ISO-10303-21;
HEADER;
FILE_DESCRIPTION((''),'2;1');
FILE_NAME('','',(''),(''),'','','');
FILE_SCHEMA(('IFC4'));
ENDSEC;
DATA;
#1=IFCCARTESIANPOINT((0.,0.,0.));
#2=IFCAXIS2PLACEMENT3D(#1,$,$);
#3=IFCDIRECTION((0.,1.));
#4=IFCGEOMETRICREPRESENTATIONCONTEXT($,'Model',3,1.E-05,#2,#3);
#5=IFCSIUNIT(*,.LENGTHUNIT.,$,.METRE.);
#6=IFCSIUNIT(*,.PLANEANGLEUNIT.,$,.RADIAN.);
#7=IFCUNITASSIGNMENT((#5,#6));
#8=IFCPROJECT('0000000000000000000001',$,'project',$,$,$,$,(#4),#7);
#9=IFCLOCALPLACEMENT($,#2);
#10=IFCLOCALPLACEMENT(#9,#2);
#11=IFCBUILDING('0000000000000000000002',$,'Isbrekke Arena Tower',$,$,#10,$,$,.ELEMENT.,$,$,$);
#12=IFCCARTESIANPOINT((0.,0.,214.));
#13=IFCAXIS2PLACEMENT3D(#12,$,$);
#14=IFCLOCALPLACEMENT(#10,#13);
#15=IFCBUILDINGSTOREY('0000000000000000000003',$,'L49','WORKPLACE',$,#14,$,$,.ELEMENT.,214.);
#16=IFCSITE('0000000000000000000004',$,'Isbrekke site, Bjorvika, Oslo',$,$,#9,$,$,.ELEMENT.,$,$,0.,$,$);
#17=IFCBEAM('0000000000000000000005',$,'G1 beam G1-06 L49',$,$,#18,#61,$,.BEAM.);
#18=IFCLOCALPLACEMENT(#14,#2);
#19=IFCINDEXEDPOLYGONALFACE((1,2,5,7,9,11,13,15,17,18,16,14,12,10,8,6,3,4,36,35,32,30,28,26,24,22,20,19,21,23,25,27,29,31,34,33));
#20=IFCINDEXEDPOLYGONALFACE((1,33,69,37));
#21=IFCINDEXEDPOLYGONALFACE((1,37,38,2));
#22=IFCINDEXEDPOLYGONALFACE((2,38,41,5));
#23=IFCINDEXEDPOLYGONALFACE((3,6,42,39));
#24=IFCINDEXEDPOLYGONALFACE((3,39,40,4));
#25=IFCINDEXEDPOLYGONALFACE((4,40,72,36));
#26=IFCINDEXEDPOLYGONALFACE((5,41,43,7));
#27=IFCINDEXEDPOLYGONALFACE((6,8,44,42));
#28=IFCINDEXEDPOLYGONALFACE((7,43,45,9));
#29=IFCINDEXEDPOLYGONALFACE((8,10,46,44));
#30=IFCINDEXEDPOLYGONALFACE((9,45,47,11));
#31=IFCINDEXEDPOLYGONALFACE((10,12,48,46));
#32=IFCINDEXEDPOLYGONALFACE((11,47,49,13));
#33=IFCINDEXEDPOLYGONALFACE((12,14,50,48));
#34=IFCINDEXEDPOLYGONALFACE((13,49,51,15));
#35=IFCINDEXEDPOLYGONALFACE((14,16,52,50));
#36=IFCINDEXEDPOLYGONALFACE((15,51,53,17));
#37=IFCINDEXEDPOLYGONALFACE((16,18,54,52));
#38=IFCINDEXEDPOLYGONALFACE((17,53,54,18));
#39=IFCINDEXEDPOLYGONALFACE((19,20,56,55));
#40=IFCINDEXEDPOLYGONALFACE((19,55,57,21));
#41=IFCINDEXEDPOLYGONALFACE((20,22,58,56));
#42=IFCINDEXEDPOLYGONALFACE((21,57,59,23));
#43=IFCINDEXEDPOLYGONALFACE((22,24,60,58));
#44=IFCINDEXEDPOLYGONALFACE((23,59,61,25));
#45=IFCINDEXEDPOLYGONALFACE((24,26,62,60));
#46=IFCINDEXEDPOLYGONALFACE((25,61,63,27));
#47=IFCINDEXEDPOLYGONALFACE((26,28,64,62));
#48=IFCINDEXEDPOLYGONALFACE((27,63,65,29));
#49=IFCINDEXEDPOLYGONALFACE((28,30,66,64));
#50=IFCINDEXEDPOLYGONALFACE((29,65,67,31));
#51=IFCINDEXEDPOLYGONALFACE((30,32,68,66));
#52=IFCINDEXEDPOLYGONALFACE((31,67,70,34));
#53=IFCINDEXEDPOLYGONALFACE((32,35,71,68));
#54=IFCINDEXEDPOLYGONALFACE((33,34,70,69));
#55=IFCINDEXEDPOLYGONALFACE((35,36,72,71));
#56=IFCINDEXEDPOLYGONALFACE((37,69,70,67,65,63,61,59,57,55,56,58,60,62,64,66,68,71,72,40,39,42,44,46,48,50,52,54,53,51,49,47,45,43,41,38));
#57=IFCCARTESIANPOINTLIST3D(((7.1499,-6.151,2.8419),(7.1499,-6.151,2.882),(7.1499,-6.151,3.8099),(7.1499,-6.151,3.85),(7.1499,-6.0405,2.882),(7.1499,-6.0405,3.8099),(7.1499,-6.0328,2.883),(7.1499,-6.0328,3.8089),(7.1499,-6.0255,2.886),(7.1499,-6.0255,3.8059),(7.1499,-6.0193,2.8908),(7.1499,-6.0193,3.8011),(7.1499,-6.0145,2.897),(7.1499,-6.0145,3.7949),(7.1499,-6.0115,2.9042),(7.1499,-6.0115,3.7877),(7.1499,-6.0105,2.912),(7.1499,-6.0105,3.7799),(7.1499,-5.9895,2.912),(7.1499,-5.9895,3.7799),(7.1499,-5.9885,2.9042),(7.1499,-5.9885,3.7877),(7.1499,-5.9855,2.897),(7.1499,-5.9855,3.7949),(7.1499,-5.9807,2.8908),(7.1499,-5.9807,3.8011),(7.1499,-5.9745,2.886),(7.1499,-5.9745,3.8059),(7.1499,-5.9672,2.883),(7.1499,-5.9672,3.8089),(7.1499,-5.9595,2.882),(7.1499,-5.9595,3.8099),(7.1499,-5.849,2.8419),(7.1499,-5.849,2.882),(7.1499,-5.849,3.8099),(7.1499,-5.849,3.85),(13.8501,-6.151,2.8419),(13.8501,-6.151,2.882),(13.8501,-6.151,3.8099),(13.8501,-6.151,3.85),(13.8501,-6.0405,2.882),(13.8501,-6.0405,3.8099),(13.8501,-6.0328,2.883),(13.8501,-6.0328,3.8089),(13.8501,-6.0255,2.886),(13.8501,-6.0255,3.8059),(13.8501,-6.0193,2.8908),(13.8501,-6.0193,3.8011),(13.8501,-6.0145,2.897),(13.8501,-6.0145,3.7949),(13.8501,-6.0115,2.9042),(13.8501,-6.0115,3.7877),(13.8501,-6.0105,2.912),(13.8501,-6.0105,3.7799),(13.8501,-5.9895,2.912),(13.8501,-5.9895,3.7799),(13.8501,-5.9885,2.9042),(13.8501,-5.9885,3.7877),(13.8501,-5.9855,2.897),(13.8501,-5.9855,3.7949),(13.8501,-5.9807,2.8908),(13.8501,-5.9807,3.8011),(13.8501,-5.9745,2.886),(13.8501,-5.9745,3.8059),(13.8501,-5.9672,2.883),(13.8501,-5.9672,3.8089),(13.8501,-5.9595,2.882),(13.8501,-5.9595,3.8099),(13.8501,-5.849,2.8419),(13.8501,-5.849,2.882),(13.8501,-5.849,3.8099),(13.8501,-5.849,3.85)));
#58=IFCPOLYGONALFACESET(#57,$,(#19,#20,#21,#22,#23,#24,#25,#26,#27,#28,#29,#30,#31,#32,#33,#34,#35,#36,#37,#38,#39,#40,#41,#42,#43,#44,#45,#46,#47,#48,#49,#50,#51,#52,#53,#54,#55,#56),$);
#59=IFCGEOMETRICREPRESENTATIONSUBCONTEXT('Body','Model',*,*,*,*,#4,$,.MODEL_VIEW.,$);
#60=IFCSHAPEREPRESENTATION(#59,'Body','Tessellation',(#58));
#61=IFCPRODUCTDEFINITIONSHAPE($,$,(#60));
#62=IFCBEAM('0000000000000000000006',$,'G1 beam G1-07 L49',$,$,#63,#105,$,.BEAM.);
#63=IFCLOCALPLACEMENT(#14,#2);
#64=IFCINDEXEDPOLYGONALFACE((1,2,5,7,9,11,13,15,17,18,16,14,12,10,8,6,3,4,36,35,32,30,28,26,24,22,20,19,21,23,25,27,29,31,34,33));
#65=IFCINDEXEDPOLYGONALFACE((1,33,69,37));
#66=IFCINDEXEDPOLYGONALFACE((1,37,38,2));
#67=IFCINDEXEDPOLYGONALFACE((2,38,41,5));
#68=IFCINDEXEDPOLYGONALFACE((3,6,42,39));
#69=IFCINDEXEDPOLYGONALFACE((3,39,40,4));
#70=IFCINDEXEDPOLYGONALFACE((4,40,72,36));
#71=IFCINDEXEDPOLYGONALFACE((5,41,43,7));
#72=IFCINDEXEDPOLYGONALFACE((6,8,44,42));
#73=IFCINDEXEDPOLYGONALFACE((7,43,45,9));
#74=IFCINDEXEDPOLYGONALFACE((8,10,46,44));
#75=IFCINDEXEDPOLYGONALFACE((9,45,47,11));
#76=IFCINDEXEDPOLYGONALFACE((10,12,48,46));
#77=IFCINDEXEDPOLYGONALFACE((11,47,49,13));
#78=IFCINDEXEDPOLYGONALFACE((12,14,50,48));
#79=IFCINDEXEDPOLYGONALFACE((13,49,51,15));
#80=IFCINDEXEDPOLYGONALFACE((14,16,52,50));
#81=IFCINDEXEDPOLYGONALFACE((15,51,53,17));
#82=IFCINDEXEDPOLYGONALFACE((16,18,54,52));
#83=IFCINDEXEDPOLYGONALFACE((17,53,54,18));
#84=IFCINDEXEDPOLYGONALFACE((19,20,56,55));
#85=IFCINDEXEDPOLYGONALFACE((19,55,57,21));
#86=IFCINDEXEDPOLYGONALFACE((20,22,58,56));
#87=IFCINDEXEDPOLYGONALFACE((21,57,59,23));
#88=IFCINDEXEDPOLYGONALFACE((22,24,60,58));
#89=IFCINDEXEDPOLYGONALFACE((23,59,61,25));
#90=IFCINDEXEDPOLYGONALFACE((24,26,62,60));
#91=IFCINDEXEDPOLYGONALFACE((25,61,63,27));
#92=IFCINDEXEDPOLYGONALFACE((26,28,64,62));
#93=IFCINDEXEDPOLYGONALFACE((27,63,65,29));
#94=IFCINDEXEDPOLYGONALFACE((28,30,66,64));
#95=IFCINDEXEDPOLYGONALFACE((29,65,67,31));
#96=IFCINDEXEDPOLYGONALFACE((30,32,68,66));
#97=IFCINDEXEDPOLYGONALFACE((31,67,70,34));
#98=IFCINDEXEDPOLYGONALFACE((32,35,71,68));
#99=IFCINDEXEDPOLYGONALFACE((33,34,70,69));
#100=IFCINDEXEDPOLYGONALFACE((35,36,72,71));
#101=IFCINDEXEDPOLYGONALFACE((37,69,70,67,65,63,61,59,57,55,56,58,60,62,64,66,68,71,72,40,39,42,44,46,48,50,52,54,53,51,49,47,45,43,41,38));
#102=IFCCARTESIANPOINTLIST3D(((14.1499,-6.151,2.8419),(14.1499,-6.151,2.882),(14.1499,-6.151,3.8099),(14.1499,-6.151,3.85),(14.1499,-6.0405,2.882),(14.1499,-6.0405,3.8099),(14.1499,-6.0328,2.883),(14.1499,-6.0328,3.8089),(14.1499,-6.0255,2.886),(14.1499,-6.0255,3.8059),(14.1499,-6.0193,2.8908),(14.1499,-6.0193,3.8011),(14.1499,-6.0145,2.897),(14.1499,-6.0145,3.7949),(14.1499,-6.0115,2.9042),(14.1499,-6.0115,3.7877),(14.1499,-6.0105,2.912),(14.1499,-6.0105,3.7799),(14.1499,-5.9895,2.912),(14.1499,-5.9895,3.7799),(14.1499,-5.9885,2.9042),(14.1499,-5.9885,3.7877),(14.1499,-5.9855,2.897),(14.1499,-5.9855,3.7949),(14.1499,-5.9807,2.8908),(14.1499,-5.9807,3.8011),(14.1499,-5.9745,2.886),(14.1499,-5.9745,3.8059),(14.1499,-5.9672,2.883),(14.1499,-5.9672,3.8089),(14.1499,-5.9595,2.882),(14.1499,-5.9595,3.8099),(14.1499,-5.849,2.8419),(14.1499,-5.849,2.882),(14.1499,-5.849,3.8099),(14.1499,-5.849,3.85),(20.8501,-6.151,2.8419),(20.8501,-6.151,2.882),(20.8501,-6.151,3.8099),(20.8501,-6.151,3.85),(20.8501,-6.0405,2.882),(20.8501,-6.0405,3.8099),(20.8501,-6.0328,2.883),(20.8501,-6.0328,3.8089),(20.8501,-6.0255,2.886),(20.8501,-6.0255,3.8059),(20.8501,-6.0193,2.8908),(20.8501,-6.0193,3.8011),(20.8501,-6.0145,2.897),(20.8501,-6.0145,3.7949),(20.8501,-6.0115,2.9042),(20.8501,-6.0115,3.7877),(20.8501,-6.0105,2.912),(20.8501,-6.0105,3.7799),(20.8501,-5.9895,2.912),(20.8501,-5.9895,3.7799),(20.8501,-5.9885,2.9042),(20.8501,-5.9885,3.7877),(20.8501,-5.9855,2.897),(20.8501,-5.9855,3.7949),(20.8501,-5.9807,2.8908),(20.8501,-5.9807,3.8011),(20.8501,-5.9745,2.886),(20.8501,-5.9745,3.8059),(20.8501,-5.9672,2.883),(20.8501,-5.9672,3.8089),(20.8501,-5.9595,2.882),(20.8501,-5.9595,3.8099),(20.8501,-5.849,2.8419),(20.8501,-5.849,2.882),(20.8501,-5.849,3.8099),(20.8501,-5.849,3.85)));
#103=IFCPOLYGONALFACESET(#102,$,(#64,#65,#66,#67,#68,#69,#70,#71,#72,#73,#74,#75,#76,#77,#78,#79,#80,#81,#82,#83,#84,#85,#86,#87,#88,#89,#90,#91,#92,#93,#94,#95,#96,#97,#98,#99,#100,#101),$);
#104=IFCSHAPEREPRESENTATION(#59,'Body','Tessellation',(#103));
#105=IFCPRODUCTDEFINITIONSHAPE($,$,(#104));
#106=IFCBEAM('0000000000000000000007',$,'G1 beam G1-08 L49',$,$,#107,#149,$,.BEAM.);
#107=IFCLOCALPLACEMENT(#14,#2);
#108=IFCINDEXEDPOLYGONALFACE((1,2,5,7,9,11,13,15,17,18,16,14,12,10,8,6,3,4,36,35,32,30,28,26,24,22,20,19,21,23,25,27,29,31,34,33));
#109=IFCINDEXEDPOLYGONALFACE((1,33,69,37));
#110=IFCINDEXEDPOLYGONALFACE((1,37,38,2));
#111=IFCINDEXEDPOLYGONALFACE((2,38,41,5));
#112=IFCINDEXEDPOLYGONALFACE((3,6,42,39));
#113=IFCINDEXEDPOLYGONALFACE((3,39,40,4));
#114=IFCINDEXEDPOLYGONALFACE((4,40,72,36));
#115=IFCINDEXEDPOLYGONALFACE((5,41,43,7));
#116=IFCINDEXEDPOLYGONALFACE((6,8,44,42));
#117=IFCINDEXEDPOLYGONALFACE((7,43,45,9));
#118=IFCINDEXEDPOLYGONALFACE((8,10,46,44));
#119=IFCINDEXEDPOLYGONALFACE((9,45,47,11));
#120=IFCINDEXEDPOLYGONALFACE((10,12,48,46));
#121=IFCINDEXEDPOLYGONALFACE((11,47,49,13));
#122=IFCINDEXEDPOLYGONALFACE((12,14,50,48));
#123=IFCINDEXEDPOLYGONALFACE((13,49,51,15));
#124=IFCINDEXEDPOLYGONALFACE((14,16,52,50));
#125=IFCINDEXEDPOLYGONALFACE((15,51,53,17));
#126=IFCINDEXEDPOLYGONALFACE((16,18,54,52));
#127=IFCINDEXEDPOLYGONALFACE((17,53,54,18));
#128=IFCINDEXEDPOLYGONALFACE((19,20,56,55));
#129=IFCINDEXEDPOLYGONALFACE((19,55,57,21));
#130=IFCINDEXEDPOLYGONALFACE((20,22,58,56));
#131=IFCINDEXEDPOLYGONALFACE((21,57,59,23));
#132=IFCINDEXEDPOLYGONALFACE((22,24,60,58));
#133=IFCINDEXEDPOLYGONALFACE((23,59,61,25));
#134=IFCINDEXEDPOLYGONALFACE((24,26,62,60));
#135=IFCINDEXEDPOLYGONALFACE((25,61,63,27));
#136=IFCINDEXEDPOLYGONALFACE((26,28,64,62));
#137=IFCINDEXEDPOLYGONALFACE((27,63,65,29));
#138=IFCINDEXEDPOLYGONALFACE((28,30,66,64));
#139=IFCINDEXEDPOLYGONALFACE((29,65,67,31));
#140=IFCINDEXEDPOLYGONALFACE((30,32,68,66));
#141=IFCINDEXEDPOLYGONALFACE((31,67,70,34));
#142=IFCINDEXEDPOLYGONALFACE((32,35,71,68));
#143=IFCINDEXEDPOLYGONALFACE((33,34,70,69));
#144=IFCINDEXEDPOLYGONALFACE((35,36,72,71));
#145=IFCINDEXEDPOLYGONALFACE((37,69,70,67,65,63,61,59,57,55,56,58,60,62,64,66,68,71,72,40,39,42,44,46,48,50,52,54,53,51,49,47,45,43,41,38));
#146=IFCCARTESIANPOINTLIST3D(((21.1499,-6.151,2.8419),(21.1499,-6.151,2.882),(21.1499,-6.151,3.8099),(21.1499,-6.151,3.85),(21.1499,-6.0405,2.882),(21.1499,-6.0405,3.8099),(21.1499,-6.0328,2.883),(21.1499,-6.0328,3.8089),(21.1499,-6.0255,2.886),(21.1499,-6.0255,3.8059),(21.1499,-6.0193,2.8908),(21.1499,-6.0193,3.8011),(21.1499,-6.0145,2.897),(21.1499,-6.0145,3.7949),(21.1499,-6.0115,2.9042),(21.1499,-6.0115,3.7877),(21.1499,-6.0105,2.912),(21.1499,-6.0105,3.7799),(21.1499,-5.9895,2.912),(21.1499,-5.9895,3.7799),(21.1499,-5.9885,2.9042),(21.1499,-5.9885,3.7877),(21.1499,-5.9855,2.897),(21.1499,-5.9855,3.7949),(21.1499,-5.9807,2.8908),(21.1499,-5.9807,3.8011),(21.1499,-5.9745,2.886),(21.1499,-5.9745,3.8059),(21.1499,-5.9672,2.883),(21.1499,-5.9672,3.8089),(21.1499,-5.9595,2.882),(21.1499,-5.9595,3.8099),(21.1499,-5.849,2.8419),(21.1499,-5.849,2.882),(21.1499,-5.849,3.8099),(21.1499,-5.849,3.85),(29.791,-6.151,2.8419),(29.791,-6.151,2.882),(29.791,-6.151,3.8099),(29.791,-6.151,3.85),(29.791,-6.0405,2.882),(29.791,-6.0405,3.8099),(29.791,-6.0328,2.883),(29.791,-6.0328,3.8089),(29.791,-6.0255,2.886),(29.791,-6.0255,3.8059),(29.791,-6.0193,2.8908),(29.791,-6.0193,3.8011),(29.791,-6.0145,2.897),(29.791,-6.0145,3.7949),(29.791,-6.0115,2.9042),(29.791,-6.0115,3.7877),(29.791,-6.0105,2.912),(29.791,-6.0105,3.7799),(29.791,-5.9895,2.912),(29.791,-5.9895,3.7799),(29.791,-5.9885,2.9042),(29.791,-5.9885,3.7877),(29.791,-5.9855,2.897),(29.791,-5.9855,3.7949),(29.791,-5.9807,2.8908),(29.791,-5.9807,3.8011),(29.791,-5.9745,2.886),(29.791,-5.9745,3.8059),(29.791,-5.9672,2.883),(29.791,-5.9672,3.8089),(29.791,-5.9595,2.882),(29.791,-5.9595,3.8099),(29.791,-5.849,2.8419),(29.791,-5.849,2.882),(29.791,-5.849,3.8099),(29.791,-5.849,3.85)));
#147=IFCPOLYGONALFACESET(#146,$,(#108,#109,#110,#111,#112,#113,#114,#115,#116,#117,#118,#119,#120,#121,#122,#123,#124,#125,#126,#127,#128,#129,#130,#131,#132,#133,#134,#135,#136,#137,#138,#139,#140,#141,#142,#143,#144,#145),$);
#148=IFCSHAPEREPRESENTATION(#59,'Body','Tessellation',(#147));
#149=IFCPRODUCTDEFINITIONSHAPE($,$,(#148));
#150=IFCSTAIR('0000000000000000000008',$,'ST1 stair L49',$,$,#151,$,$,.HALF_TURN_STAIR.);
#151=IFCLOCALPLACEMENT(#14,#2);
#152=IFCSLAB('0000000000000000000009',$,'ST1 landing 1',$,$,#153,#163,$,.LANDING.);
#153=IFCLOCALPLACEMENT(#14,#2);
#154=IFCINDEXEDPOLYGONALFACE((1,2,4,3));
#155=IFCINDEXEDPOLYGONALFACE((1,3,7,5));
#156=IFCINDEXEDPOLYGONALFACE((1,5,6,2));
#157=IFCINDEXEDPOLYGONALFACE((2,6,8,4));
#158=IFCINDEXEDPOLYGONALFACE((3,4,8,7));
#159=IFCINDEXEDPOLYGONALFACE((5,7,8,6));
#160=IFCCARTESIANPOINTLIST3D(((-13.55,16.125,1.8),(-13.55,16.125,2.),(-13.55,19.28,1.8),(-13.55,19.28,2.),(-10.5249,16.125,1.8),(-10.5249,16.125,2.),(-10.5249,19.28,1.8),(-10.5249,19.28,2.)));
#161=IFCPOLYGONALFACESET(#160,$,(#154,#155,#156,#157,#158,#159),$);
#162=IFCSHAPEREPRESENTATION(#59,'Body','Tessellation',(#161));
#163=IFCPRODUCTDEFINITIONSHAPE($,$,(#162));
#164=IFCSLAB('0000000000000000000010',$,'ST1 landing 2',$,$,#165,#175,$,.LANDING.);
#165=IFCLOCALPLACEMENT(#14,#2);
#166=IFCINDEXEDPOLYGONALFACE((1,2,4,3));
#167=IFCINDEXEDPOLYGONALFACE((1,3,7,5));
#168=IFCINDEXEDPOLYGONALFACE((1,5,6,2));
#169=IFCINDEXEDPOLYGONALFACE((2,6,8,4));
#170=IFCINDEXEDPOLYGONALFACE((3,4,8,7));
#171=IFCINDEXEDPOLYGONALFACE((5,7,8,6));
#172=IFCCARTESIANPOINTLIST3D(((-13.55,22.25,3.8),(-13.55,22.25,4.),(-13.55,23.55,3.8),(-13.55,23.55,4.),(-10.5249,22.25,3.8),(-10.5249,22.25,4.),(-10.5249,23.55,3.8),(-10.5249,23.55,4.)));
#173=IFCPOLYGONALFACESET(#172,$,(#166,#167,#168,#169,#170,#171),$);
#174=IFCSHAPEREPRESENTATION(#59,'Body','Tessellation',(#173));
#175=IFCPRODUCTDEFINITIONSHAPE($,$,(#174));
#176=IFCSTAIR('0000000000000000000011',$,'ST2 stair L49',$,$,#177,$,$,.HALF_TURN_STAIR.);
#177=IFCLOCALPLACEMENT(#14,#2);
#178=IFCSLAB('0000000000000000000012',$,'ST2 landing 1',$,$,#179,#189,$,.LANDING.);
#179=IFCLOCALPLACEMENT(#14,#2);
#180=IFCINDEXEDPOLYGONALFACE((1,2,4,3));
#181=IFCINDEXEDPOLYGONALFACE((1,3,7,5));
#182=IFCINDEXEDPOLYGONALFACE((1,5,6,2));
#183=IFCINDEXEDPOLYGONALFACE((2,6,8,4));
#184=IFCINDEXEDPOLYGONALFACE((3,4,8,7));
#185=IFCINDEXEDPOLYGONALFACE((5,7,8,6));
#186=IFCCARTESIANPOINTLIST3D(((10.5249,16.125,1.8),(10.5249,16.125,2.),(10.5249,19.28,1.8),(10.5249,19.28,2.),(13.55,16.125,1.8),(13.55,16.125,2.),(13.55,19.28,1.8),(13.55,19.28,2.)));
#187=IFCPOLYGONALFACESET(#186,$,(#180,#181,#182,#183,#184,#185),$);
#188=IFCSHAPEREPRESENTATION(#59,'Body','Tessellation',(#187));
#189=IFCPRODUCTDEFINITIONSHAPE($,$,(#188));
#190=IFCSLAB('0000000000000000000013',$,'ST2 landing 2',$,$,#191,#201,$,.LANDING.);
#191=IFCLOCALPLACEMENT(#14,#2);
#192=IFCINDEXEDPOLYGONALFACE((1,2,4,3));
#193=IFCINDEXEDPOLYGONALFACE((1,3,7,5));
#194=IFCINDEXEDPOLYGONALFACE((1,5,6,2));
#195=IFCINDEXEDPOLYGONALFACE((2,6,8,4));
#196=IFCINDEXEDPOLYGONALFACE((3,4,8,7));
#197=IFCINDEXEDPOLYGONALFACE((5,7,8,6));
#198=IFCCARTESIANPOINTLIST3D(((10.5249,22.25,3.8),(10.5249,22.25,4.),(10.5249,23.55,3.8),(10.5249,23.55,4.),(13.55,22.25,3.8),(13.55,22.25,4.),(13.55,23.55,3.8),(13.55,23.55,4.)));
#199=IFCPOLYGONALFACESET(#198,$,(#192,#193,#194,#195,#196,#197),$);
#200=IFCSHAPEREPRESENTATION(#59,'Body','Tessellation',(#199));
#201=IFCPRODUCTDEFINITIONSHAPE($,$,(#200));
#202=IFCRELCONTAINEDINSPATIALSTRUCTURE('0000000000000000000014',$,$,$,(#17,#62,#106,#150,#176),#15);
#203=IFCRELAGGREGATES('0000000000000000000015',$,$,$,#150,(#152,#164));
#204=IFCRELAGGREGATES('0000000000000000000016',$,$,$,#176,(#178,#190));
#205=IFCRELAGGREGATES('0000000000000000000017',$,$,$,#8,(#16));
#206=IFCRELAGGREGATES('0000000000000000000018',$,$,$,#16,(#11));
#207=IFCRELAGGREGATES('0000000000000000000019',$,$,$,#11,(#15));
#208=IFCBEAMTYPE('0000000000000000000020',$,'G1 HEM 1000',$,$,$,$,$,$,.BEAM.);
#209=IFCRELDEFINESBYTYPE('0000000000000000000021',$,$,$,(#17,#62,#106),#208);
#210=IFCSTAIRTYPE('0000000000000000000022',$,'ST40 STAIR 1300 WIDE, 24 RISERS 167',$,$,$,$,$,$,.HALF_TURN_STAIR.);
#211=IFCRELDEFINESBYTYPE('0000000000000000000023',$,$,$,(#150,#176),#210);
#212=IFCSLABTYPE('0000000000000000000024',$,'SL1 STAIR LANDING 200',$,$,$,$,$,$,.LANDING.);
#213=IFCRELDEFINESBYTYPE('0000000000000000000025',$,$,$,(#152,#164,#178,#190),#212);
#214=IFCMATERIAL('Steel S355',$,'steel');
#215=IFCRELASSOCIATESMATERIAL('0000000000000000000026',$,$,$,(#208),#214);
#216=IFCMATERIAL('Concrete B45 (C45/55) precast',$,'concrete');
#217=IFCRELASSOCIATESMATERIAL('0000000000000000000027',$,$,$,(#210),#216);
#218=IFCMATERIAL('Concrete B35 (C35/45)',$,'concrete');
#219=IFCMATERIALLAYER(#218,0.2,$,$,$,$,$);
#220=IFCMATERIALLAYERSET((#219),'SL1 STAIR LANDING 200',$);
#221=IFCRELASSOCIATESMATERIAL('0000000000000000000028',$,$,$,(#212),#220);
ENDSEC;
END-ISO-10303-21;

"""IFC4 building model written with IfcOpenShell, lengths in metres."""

from ifc_helpers import new_model, si_unit, direction, frame, origin, origin_2d, place, context, subcontext, project, spatial, polyline, i_section, outline, extrude, material, layer, layer_set, material_profile, profile_set, type_object, element, aggregate, save


model = new_model("IFC4")

# Units and contexts
model_context = context("Model", 3, precision=1e-05, world=origin(), true_north=direction((0.0, 1.0)))
body_context = subcontext(model_context, "Body", "Model", "MODEL_VIEW")
ifc_project = project(units=[si_unit("LENGTHUNIT", "METRE"), si_unit("PLANEANGLEUNIT", "RADIAN")], contexts=[model_context])

# Site, building, storey
site_placement = place(None, origin())
site = spatial("IfcSite", under=ifc_project, at=site_placement, Name="Isbrekke site, Bjorvika, Oslo", CompositionType="ELEMENT", RefElevation=0.0)
building_placement = place(site_placement, origin())
building = spatial("IfcBuilding", under=site, at=building_placement, Name="Isbrekke Arena Tower", CompositionType="ELEMENT")
storey_placement = place(building_placement, frame((0.0, 0.0, 214.0)))
storey = spatial("IfcBuildingStorey", under=building, at=storey_placement, Name="L49", Description="WORKPLACE", CompositionType="ELEMENT", Elevation=214.0)

# Beams
ifc_material_1 = material(Name="Steel S355", Category="steel")
ifc_material_profile_1 = material_profile(ifc_material_1, i_section(OverallWidth=0.302, OverallDepth=1.0081, WebThickness=0.021, FlangeThickness=0.04, FilletRadius=0.03, at=origin_2d()), Name="HEM 1000")
ifc_profile_set_1 = profile_set([ifc_material_profile_1], Name="Steel S355")
beam_type_1 = type_object("IfcBeamType", Name="G1 HEM 1000", PredefinedType="BEAM", material=ifc_profile_set_1)
for number, where, z_axis, x_axis, name in (
    (1, (7.1499, -6.0, 3.3459), (1.0, 0.0, 0.0), (0.0, 1.0, 0.0), "G1 beam G1-06 L49"),
    (2, (14.1499, -6.0, 3.3459), (1.0, 0.0, 0.0), (0.0, 1.0, 0.0), "G1 beam G1-07 L49"),
):
    element("IfcBeam", number, at=place(storey_placement, frame(where, z_axis=z_axis, x_axis=x_axis)), inside=storey, type_object=beam_type_1, Name=name, PredefinedType="BEAM", context=body_context, shape_type="SweptSolid", body=[
        extrude(i_section(OverallWidth=0.302, OverallDepth=1.0081, WebThickness=0.021, FlangeThickness=0.04, FilletRadius=0.03, at=origin_2d()), origin(), (0.0, 0.0, 1.0), 6.7002),
    ])
beam_1_placement = place(storey_placement, frame((21.1499, -6.0, 3.3459), z_axis=(1.0, 0.0, 0.0), x_axis=(0.0, 1.0, 0.0)))
element("IfcBeam", 3, at=beam_1_placement, inside=storey, type_object=beam_type_1, Name="G1 beam G1-08 L49", PredefinedType="BEAM", context=body_context, shape_type="SweptSolid", body=[
    extrude(i_section(OverallWidth=0.302, OverallDepth=1.0081, WebThickness=0.021, FlangeThickness=0.04, FilletRadius=0.03, at=origin_2d()), origin(), (0.0, 0.0, 1.0), 8.6411),
])

# Stairs, slabs
ifc_material_2 = material(Name="Concrete B45 (C45/55) precast", Category="concrete")
stair_type = type_object("IfcStairType", Name="ST40 STAIR 1300 WIDE, 24 RISERS 167", PredefinedType="HALF_TURN_STAIR", material=ifc_material_2)
stair_1_placement = place(storey_placement, origin())
stair_1 = element("IfcStair", 4, at=stair_1_placement, inside=storey, type_object=stair_type, Name="ST1 stair L49", PredefinedType="HALF_TURN_STAIR")
ifc_material_3 = material(Name="Concrete B35 (C35/45)", Category="concrete")
ifc_layer_1 = layer(ifc_material_3, 0.2)
ifc_layer_set_1 = layer_set([ifc_layer_1], Name="SL1 STAIR LANDING 200")
slab_type = type_object("IfcSlabType", Name="SL1 STAIR LANDING 200", PredefinedType="LANDING", material=ifc_layer_set_1)
slab_1_placement = place(storey_placement, frame((0.0, 0.0, 1.8)))
slab_1 = element("IfcSlab", 5, at=slab_1_placement, type_object=slab_type, Name="ST1 landing 1", PredefinedType="LANDING", context=body_context, shape_type="SweptSolid", body=[
    extrude(outline(polyline([(-13.55, 16.125), (-10.5249, 16.125), (-10.5249, 19.28), (-13.55, 19.28), (-13.55, 16.125)])), origin(), (0.0, 0.0, 1.0), 0.2),
])
slab_2_placement = place(storey_placement, frame((0.0, 0.0, 3.8)))
slab_2 = element("IfcSlab", 6, at=slab_2_placement, type_object=slab_type, Name="ST1 landing 2", PredefinedType="LANDING", context=body_context, shape_type="SweptSolid", body=[
    extrude(outline(polyline([(-13.55, 22.25), (-10.5249, 22.25), (-10.5249, 23.55), (-13.55, 23.55), (-13.55, 22.25)])), origin(), (0.0, 0.0, 1.0), 0.2),
])
aggregate(stair_1, [slab_1, slab_2])
stair_2_placement = place(storey_placement, origin())
stair_2 = element("IfcStair", 7, at=stair_2_placement, inside=storey, type_object=stair_type, Name="ST2 stair L49", PredefinedType="HALF_TURN_STAIR")
slab_3_placement = place(storey_placement, frame((0.0, 0.0, 1.8)))
slab_3 = element("IfcSlab", 8, at=slab_3_placement, type_object=slab_type, Name="ST2 landing 1", PredefinedType="LANDING", context=body_context, shape_type="SweptSolid", body=[
    extrude(outline(polyline([(10.5249, 16.125), (13.55, 16.125), (13.55, 19.28), (10.5249, 19.28), (10.5249, 16.125)])), origin(), (0.0, 0.0, 1.0), 0.2),
])
slab_4_placement = place(storey_placement, frame((0.0, 0.0, 3.8)))
slab_4 = element("IfcSlab", 9, at=slab_4_placement, type_object=slab_type, Name="ST2 landing 2", PredefinedType="LANDING", context=body_context, shape_type="SweptSolid", body=[
    extrude(outline(polyline([(10.5249, 22.25), (13.55, 22.25), (13.55, 23.55), (10.5249, 23.55), (10.5249, 22.25)])), origin(), (0.0, 0.0, 1.0), 0.2),
])
aggregate(stair_2, [slab_3, slab_4])

save(model, "model.ifc")
